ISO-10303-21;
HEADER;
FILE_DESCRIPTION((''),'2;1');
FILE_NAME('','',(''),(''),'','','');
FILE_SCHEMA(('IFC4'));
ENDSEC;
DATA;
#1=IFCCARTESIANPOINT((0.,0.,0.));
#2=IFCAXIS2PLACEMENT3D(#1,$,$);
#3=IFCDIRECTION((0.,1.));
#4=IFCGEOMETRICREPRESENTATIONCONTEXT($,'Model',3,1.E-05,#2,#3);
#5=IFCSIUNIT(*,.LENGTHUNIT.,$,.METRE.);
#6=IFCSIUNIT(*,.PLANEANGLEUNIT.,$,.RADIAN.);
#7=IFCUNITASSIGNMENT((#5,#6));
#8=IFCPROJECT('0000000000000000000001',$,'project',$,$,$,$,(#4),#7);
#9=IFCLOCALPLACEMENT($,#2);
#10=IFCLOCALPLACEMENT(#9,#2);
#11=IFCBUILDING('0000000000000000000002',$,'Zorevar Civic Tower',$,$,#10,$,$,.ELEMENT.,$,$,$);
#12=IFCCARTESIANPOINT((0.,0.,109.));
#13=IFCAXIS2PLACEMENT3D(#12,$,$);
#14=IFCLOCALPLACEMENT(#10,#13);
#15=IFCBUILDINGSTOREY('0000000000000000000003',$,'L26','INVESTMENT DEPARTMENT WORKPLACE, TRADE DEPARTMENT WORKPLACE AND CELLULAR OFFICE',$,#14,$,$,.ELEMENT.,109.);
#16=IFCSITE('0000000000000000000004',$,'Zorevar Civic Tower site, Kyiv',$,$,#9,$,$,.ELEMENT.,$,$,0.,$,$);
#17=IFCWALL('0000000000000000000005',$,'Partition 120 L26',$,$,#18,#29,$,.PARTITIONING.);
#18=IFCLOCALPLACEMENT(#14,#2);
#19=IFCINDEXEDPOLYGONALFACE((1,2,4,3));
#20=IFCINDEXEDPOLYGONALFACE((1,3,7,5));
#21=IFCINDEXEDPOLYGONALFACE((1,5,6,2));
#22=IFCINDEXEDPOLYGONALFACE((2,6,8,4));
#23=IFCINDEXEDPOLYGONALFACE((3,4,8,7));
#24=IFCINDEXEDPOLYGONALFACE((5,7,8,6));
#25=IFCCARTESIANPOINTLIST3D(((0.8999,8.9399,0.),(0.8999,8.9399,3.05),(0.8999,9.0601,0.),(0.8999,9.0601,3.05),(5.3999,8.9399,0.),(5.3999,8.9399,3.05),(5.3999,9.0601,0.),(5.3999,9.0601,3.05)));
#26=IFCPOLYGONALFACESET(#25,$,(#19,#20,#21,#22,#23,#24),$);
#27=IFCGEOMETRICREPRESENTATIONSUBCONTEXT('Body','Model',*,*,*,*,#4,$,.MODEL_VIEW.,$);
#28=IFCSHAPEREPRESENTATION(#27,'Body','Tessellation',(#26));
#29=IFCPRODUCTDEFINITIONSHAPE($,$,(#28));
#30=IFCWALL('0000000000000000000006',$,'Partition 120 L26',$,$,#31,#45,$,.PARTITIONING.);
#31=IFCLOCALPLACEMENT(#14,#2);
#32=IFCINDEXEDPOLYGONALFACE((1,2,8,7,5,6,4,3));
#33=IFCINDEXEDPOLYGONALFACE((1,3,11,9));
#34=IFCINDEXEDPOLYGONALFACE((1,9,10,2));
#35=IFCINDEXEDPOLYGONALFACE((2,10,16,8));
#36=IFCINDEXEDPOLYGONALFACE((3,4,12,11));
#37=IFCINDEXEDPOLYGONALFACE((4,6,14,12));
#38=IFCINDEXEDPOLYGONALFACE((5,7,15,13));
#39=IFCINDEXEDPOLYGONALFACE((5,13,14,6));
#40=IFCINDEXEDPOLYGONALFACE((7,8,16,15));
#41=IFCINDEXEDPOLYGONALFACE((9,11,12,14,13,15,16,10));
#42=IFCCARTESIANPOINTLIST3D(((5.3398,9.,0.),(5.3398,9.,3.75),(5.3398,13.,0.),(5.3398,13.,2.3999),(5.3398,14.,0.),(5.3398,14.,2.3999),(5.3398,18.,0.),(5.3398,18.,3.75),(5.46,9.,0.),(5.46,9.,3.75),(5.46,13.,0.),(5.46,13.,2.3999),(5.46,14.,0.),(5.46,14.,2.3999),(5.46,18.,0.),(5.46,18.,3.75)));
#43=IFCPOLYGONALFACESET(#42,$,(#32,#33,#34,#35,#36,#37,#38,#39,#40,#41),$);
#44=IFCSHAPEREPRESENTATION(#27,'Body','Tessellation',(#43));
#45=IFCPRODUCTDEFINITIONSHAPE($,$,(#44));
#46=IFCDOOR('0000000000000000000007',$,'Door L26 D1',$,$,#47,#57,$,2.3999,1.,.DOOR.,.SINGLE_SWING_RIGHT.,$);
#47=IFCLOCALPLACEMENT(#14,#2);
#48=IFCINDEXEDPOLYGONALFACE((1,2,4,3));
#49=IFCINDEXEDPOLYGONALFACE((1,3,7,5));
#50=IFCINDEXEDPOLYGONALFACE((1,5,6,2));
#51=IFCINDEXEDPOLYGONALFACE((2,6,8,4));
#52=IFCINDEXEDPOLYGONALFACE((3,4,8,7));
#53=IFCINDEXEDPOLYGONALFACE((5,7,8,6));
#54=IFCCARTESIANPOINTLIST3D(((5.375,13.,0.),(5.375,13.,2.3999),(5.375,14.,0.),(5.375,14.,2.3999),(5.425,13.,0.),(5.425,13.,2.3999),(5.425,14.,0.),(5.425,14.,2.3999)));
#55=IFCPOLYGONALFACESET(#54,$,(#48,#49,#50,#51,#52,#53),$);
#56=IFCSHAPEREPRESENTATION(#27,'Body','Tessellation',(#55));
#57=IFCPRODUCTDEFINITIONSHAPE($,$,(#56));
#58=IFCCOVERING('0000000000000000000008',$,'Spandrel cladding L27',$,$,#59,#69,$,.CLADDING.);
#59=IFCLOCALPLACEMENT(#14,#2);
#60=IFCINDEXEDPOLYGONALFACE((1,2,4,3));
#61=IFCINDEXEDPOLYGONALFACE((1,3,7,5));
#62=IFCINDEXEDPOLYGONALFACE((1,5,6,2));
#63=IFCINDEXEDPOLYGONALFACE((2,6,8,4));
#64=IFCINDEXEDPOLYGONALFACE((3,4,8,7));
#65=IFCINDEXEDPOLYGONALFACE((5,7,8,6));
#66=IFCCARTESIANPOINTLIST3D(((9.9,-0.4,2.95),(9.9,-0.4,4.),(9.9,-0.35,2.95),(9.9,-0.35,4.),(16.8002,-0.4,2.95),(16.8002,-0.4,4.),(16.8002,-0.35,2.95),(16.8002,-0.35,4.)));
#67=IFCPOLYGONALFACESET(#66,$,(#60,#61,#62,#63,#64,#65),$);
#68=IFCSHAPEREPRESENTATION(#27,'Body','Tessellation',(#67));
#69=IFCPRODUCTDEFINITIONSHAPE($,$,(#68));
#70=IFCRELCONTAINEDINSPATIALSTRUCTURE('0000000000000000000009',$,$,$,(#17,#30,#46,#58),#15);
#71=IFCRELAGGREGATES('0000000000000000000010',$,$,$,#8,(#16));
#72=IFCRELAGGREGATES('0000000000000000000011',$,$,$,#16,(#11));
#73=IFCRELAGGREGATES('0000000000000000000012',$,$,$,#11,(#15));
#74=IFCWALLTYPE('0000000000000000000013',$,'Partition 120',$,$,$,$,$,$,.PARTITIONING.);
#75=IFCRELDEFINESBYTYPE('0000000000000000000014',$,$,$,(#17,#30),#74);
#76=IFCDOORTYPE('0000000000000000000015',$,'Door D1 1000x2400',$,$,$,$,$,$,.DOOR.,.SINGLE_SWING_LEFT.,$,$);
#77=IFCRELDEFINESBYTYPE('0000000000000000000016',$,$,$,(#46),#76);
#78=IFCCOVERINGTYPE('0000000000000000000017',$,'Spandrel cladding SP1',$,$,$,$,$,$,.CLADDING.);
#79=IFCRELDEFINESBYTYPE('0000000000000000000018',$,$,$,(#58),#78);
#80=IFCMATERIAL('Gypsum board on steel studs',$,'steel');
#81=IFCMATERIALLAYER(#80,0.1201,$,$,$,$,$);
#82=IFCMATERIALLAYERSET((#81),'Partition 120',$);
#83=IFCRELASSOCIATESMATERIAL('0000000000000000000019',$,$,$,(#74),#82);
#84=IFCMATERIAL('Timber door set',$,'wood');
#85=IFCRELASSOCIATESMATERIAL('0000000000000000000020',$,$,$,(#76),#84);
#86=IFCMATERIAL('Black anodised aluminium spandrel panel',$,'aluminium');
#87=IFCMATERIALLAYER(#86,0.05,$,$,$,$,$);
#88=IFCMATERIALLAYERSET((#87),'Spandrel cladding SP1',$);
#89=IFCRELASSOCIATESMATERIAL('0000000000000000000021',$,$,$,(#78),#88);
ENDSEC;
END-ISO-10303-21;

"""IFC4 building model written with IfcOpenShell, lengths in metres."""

from ifc_helpers import new_model, si_unit, direction, frame, frame_2d, origin, place, context, subcontext, project, spatial, rectangle, extrude, material, layer, layer_set, type_object, element, fill, save


model = new_model("IFC4")

# Units and contexts
model_context = context("Model", 3, precision=1e-05, world=origin(), true_north=direction((0.0, 1.0)))
body_context = subcontext(model_context, "Body", "Model", "MODEL_VIEW")
ifc_project = project(units=[si_unit("LENGTHUNIT", "METRE"), si_unit("PLANEANGLEUNIT", "RADIAN")], contexts=[model_context])

# Site, building, storey
site_placement = place(None, origin())
site = spatial("IfcSite", under=ifc_project, at=site_placement, Name="Zorevar Civic Tower site, Kyiv", CompositionType="ELEMENT", RefElevation=0.0)
building_placement = place(site_placement, origin())
building = spatial("IfcBuilding", under=site, at=building_placement, Name="Zorevar Civic Tower", CompositionType="ELEMENT")
storey_placement = place(building_placement, frame((0.0, 0.0, 109.0)))
storey = spatial("IfcBuildingStorey", under=building, at=storey_placement, Name="L26", Description="INVESTMENT DEPARTMENT WORKPLACE, TRADE DEPARTMENT WORKPLACE AND CELLULAR OFFICE", CompositionType="ELEMENT", Elevation=109.0)

# Wall
ifc_material_1 = material(Name="Gypsum board on steel studs", Category="steel")
ifc_layer_1 = layer(ifc_material_1, 0.1201)
ifc_layer_set_1 = layer_set([ifc_layer_1], Name="Partition 120")
wall_type = type_object("IfcWallType", Name="Partition 120", PredefinedType="PARTITIONING", material=ifc_layer_set_1)
wall_1_placement = place(storey_placement, frame((0.8999, 9.0, 0.0), z_axis=(0.0, 0.0, 1.0), x_axis=(1.0, 0.0, 0.0)))
element("IfcWall", 1, at=wall_1_placement, inside=storey, type_object=wall_type, Name="Partition 120 L26", PredefinedType="PARTITIONING", context=body_context, shape_type="SweptSolid", body=[
    extrude(rectangle(XDim=4.5, YDim=0.1201, at=frame_2d((2.25, 0.0))), origin(), (0.0, 0.0, 1.0), 3.05),
])

# Wall, opening, door
wall_2_placement = place(storey_placement, frame((5.3999, 9.0, 0.0), z_axis=(0.0, 0.0, 1.0), x_axis=(0.0, 1.0, 0.0)))
wall_2 = element("IfcWall", 2, at=wall_2_placement, inside=storey, type_object=wall_type, Name="Partition 120 L26", PredefinedType="PARTITIONING", context=body_context, shape_type="SweptSolid", body=[
    extrude(rectangle(XDim=9.0, YDim=0.1201, at=frame_2d((4.5, 0.0))), origin(), (0.0, 0.0, 1.0), 3.75),
])
opening_placement = place(wall_2_placement, frame((4.0, 0.0, 0.0)))
opening = element("IfcOpeningElement", 3, at=opening_placement, cuts=wall_2, PredefinedType="OPENING", context=body_context, shape_type="SweptSolid", body=[
    extrude(rectangle(XDim=1.0, YDim=2.3999, at=frame_2d((0.5, 1.2))), frame((0.0, 0.0701, 0.0), z_axis=(0.0, -1.0, 0.0), x_axis=(1.0, 0.0, 0.0)), (0.0, 0.0, 1.0), 0.1401),
])
ifc_material_2 = material(Name="Timber door set", Category="wood")
door_type = type_object("IfcDoorType", Name="Door D1 1000x2400", OperationType="SINGLE_SWING_LEFT", PredefinedType="DOOR", material=ifc_material_2)
door_placement = place(opening_placement, origin())
door = element("IfcDoor", 4, at=door_placement, inside=storey, type_object=door_type, Name="Door L26 D1", OperationType="SINGLE_SWING_RIGHT", OverallHeight=2.3999, OverallWidth=1.0, PredefinedType="DOOR", context=body_context, shape_type="SweptSolid", body=[
    extrude(rectangle(XDim=1.0, YDim=2.3999, at=frame_2d((0.5, 1.2))), frame((0.0, 0.0249, 0.0), z_axis=(0.0, -1.0, 0.0), x_axis=(1.0, 0.0, 0.0)), (0.0, 0.0, 1.0), 0.05),
])
fill(opening, door)

# Covering
ifc_material_3 = material(Name="Black anodised aluminium spandrel panel", Category="aluminium")
ifc_layer_2 = layer(ifc_material_3, 0.05)
ifc_layer_set_2 = layer_set([ifc_layer_2], Name="Spandrel cladding SP1")
covering_type = type_object("IfcCoveringType", Name="Spandrel cladding SP1", PredefinedType="CLADDING", material=ifc_layer_set_2)
covering_placement = place(storey_placement, frame((9.8999, -0.375, 2.95), z_axis=(0.0, 0.0, 1.0), x_axis=(1.0, 0.0, 0.0)))
element("IfcCovering", 5, at=covering_placement, inside=storey, type_object=covering_type, Name="Spandrel cladding L27", PredefinedType="CLADDING", context=body_context, shape_type="SweptSolid", body=[
    extrude(rectangle(XDim=6.9001, YDim=0.05, at=frame_2d((3.4502, 0.0))), origin(), (0.0, 0.0, 1.0), 1.05),
])

save(model, "model.ifc")
